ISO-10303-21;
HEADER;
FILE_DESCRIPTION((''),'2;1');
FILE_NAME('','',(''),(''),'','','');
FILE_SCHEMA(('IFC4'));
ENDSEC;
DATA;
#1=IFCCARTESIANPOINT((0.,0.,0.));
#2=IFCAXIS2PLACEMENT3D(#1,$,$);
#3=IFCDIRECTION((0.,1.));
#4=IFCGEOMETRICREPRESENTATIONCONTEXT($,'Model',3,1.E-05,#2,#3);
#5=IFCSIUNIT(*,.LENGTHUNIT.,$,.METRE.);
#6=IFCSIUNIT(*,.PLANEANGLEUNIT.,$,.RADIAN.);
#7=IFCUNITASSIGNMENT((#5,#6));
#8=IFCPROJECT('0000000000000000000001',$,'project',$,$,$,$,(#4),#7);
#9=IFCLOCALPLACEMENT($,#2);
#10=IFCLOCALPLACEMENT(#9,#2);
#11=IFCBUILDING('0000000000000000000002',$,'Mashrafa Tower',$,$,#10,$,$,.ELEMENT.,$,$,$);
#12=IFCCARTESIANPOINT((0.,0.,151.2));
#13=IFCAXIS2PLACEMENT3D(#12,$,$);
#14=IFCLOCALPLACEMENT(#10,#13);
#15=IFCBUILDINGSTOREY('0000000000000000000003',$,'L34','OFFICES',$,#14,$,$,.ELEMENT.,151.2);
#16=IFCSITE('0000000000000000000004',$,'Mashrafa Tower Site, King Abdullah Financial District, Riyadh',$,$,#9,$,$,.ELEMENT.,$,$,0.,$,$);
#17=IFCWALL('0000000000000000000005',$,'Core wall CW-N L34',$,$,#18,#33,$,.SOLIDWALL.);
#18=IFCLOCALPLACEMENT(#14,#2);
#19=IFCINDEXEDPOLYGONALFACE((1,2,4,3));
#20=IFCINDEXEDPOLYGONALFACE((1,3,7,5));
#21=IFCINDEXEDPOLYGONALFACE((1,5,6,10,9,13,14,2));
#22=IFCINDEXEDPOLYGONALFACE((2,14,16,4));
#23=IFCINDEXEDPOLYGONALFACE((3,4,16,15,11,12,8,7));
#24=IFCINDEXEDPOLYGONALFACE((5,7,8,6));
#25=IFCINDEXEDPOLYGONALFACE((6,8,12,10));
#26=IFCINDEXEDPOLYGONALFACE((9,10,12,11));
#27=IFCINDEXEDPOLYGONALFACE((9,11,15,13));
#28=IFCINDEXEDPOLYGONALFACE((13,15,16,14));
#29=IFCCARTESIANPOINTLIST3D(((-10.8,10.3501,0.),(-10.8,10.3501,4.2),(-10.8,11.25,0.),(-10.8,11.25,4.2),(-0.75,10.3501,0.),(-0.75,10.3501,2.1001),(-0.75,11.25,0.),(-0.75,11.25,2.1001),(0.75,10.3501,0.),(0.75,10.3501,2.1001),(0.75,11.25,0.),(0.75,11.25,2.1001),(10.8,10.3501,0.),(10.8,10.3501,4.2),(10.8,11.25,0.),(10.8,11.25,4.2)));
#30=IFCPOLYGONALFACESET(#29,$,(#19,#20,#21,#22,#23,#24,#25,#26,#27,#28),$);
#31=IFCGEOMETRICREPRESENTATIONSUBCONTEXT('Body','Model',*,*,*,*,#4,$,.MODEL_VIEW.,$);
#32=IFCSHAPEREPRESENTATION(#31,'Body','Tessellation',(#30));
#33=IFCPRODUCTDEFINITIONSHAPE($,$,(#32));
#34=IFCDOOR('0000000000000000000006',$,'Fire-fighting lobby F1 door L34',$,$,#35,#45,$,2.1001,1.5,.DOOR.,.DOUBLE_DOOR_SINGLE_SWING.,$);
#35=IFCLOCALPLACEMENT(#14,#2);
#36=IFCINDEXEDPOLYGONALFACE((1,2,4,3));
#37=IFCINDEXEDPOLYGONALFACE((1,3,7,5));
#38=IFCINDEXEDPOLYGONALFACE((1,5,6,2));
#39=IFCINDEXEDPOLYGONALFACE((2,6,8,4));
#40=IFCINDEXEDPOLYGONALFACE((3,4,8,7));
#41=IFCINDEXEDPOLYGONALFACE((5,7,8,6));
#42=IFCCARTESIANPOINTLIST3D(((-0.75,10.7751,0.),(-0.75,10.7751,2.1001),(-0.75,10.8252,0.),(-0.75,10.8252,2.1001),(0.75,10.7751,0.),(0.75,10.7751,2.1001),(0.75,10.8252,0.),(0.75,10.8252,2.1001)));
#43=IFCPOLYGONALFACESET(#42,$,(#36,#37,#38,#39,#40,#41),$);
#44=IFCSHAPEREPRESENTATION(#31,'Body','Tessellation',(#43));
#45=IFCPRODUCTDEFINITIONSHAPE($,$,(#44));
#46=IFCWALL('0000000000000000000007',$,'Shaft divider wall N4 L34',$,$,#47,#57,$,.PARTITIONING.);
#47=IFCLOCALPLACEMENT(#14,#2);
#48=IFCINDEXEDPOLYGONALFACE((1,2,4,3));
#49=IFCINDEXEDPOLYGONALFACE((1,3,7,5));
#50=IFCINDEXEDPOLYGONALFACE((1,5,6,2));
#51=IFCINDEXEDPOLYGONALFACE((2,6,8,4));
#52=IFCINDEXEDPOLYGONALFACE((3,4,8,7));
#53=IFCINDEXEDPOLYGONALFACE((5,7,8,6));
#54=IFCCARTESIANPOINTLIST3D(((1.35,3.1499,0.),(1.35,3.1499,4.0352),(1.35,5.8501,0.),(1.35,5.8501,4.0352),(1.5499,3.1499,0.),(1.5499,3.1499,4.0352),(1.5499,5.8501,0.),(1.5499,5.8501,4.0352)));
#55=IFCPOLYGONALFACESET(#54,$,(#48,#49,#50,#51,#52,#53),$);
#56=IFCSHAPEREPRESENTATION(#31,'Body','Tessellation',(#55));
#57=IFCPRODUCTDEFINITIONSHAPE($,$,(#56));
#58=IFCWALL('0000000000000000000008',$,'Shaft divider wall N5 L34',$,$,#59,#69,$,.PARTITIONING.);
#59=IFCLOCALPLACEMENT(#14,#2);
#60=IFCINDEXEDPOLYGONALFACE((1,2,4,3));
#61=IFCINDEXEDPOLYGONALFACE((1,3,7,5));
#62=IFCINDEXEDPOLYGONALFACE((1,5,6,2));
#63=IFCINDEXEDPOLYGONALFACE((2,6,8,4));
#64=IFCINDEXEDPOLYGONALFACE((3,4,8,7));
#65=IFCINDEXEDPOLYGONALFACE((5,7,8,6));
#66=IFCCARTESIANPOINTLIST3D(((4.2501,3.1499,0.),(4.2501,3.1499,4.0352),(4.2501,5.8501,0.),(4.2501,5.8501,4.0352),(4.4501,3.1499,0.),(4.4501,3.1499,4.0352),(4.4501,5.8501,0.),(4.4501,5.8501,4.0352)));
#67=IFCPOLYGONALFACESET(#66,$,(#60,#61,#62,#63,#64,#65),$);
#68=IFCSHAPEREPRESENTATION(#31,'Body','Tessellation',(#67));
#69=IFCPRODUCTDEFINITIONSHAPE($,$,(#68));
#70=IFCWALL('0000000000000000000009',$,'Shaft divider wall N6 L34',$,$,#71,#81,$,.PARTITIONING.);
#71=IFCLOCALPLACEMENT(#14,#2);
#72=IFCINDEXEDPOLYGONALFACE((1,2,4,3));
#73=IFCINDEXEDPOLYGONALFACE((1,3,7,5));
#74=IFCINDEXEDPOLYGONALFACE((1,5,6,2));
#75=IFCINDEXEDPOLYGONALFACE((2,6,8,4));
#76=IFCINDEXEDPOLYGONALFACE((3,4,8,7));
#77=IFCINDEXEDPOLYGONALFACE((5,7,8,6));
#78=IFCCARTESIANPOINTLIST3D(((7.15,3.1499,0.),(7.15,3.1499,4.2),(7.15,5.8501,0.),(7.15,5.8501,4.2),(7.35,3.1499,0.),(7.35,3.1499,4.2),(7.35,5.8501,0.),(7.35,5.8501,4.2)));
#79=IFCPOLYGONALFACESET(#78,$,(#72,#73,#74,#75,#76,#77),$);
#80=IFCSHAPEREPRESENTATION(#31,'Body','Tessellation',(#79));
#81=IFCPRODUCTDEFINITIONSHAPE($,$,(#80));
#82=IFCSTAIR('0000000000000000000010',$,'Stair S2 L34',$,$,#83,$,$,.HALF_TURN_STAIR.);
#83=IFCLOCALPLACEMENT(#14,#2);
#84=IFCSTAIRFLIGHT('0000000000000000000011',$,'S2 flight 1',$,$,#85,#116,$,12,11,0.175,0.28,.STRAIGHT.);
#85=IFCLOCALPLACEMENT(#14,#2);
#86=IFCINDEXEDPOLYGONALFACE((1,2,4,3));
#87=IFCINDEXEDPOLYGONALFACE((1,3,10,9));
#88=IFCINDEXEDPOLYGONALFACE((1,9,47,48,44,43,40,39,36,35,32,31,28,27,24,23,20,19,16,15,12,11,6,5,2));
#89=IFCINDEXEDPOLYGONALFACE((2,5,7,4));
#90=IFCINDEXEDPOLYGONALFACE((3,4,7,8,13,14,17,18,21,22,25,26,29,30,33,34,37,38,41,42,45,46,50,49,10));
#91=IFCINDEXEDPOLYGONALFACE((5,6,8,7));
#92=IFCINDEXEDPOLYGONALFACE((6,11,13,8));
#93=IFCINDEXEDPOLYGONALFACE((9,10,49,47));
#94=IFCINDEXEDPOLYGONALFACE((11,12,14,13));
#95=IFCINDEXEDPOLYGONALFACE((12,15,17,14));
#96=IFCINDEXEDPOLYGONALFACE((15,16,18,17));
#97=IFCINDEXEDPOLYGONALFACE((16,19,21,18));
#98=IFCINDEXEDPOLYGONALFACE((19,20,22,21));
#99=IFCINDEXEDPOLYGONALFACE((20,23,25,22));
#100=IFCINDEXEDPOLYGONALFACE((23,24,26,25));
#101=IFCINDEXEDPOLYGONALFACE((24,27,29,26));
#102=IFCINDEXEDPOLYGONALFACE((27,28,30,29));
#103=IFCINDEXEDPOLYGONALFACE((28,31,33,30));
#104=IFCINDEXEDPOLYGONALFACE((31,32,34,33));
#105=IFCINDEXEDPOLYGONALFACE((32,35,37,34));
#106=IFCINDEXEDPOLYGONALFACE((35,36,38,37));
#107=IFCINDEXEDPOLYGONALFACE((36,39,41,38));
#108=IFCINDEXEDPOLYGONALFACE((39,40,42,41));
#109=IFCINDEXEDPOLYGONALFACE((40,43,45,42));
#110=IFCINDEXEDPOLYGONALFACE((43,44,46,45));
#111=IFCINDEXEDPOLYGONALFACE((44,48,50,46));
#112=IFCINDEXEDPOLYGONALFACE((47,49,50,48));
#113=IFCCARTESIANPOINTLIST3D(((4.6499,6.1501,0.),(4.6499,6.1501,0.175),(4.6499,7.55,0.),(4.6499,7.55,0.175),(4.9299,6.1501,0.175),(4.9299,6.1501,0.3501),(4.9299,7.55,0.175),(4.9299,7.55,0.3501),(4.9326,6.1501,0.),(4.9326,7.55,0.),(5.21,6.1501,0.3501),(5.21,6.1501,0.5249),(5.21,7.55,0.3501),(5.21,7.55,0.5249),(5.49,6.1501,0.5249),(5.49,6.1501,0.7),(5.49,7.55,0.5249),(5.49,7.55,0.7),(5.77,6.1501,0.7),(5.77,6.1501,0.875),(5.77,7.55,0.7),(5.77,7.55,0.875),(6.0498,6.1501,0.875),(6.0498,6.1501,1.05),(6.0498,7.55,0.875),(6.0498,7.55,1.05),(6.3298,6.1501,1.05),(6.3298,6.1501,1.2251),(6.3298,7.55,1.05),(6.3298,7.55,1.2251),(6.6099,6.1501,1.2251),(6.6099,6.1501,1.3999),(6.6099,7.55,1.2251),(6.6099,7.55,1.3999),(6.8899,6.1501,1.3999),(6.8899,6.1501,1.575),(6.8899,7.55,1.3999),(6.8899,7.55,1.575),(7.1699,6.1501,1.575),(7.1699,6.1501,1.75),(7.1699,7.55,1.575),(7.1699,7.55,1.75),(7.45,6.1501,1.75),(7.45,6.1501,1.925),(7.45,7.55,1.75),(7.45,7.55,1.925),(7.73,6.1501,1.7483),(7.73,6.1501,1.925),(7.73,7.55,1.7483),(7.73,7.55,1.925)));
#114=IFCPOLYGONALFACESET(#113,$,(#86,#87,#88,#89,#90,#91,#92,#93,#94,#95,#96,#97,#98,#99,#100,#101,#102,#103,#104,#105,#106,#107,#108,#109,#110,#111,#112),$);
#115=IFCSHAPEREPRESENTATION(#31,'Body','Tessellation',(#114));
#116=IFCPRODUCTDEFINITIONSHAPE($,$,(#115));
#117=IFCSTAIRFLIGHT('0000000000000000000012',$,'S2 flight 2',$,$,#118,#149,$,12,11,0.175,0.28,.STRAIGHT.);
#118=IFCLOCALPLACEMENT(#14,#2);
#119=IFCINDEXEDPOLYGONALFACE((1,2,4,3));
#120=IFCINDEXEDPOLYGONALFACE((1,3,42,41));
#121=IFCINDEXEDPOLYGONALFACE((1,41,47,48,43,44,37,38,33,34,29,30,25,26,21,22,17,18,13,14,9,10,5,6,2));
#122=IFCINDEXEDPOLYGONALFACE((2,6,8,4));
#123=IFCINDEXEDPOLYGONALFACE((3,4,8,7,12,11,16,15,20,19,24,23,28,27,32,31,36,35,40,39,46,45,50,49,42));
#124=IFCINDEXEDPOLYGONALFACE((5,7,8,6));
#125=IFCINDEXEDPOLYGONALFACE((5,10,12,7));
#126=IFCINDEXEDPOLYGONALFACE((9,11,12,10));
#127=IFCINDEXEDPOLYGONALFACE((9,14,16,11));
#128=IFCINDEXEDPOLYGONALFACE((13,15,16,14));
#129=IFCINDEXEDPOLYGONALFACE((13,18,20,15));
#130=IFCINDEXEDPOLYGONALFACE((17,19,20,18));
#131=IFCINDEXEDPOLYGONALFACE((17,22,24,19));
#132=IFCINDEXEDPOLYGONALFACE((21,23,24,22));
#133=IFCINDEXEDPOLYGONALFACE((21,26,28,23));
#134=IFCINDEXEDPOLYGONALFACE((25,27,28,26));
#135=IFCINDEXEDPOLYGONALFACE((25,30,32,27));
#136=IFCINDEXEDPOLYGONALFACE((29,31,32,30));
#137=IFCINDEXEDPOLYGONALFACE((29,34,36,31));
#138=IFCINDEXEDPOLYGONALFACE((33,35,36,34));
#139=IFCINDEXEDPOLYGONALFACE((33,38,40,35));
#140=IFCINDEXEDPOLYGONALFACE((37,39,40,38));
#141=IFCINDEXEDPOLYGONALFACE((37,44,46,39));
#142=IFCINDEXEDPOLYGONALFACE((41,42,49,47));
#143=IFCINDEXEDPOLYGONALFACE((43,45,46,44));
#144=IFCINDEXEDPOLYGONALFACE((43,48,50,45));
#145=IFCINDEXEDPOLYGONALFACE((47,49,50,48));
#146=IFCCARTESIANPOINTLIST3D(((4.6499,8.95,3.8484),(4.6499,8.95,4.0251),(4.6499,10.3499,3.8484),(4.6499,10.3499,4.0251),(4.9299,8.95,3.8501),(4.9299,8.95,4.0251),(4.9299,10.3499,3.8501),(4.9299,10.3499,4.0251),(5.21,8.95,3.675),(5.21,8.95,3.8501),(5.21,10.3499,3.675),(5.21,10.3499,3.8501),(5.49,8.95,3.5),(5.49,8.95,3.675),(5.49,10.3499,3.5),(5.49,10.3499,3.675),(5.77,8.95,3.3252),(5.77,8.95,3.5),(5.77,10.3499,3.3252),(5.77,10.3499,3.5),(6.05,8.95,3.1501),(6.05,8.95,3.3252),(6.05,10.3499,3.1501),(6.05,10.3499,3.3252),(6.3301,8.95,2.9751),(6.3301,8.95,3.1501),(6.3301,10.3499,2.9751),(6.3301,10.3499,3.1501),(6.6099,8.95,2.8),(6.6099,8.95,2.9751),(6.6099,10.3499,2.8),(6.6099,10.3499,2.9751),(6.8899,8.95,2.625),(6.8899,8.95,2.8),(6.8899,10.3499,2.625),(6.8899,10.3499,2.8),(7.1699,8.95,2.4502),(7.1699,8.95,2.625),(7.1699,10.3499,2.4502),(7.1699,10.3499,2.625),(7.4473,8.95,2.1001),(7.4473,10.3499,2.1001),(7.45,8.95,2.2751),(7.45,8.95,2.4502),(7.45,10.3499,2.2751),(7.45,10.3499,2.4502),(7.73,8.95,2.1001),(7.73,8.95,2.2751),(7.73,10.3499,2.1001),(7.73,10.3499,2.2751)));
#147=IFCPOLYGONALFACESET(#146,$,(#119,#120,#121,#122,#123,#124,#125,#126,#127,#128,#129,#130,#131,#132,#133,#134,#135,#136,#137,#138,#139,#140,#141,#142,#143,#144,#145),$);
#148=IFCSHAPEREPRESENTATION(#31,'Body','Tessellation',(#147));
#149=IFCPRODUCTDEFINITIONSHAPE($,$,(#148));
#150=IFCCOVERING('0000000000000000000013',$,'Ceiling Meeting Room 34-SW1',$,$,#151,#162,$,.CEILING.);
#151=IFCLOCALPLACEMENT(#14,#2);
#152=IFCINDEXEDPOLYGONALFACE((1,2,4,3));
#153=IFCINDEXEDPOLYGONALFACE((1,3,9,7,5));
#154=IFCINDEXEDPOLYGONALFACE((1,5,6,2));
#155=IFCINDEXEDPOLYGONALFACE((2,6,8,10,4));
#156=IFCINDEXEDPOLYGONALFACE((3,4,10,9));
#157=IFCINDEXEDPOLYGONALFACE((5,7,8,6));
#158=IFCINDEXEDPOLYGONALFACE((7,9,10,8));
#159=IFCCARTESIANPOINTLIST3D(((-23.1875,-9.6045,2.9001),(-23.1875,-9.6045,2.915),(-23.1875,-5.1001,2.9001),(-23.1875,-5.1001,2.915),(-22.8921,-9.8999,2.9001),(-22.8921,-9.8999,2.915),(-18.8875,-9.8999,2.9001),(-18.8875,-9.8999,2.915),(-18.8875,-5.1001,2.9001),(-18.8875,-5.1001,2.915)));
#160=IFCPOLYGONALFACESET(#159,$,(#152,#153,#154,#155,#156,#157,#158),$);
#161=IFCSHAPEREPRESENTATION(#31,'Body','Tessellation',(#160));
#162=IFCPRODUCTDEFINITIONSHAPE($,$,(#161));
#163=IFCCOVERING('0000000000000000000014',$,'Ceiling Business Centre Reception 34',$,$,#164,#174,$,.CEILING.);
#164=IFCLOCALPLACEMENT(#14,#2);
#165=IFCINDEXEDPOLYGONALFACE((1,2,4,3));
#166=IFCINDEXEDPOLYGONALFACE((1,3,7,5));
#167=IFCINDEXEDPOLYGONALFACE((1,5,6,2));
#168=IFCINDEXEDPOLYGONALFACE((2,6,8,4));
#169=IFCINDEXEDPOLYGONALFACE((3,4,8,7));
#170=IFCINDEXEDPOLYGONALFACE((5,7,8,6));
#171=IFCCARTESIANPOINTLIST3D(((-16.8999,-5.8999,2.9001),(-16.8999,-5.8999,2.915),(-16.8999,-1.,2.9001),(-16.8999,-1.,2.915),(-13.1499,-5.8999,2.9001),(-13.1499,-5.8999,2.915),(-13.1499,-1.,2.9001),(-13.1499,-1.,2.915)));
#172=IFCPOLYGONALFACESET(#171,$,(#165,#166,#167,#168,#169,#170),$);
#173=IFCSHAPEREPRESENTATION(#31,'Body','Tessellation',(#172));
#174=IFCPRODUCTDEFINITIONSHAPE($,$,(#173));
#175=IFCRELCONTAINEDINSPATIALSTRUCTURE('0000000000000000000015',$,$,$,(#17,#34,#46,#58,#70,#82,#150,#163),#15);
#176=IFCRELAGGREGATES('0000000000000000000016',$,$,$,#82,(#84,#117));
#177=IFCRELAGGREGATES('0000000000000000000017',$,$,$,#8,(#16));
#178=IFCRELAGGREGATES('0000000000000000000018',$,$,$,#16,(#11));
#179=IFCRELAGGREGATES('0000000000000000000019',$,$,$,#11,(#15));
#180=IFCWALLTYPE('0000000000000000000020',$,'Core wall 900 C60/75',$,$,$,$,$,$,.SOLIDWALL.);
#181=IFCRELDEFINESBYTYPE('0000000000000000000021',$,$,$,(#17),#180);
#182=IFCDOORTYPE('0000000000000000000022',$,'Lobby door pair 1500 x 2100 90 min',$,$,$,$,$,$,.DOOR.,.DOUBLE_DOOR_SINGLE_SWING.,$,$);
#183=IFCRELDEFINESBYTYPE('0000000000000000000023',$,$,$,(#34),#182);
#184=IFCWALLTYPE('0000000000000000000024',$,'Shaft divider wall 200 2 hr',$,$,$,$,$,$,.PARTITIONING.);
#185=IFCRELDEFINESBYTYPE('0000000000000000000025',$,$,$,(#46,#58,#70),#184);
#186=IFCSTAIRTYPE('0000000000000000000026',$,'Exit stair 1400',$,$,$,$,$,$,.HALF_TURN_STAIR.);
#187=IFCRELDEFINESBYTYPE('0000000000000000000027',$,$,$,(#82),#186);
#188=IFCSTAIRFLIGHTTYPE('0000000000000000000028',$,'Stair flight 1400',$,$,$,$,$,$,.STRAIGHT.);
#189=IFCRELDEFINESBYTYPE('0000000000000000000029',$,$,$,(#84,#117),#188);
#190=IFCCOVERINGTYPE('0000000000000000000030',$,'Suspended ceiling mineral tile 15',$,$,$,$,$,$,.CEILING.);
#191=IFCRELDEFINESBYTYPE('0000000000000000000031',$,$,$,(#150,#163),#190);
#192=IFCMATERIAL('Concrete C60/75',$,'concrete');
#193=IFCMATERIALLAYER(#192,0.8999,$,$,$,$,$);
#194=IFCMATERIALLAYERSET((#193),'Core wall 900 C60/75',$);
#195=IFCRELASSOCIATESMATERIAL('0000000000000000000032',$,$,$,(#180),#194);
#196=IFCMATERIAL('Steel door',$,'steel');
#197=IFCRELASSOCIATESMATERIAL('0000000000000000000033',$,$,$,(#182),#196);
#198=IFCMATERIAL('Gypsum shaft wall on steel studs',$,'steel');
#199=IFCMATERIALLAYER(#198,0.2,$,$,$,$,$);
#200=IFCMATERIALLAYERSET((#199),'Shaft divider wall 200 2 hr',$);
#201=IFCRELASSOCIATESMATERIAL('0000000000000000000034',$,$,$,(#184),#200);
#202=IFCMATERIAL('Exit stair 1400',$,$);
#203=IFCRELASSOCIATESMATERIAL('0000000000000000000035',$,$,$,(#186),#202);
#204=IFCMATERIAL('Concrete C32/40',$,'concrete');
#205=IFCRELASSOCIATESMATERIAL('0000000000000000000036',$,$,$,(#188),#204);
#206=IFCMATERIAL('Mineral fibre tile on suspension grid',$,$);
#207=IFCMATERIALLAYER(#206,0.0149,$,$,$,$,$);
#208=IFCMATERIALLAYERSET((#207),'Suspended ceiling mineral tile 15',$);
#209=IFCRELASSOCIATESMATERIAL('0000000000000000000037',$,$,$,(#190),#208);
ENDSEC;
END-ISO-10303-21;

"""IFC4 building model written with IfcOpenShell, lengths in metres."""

from ifc_helpers import new_model, si_unit, direction, frame, frame_2d, origin, place, context, subcontext, project, spatial, polyline, rectangle, outline, extrude, material, layer, layer_set, type_object, element, fill, aggregate, save


model = new_model("IFC4")

# Units and contexts
model_context = context("Model", 3, precision=1e-05, world=origin(), true_north=direction((0.0, 1.0)))
body_context = subcontext(model_context, "Body", "Model", "MODEL_VIEW")
ifc_project = project(units=[si_unit("LENGTHUNIT", "METRE"), si_unit("PLANEANGLEUNIT", "RADIAN")], contexts=[model_context])

# Site, building, storey
site_placement = place(None, origin())
site = spatial("IfcSite", under=ifc_project, at=site_placement, Name="Mashrafa Tower Site, King Abdullah Financial District, Riyadh", CompositionType="ELEMENT", RefElevation=0.0)
building_placement = place(site_placement, origin())
building = spatial("IfcBuilding", under=site, at=building_placement, Name="Mashrafa Tower", CompositionType="ELEMENT")
storey_placement = place(building_placement, frame((0.0, 0.0, 151.2)))
storey = spatial("IfcBuildingStorey", under=building, at=storey_placement, Name="L34", Description="OFFICES", CompositionType="ELEMENT", Elevation=151.2)

# Wall, opening, door
ifc_material_1 = material(Name="Concrete C60/75", Category="concrete")
ifc_layer_1 = layer(ifc_material_1, 0.8999)
ifc_layer_set_1 = layer_set([ifc_layer_1], Name="Core wall 900 C60/75")
wall_type_1 = type_object("IfcWallType", Name="Core wall 900 C60/75", PredefinedType="SOLIDWALL", material=ifc_layer_set_1)
wall_1_placement = place(storey_placement, frame((10.8, 10.8, 0.0), z_axis=(0.0, 0.0, 1.0), x_axis=(-1.0, 0.0, 0.0)))
wall_1 = element("IfcWall", 1, at=wall_1_placement, inside=storey, type_object=wall_type_1, Name="Core wall CW-N L34", PredefinedType="SOLIDWALL", context=body_context, shape_type="SweptSolid", body=[
    extrude(rectangle(XDim=21.6001, YDim=0.8999, at=frame_2d((10.8, 0.0))), origin(), (0.0, 0.0, 1.0), 4.2),
])
opening_1_placement = place(wall_1_placement, frame((10.05, 0.0, 0.0)))
opening_1 = element("IfcOpeningElement", 2, at=opening_1_placement, cuts=wall_1, PredefinedType="OPENING", context=body_context, shape_type="SweptSolid", body=[
    extrude(rectangle(XDim=1.5, YDim=2.1001, at=frame_2d((0.75, 1.05))), frame((0.0, 0.46, 0.0), z_axis=(0.0, -1.0, 0.0), x_axis=(1.0, 0.0, 0.0)), (0.0, 0.0, 1.0), 0.9199),
])
ifc_material_2 = material(Name="Steel door", Category="steel")
door_type_1 = type_object("IfcDoorType", Name="Lobby door pair 1500 x 2100 90 min", OperationType="DOUBLE_DOOR_SINGLE_SWING", PredefinedType="DOOR", material=ifc_material_2)
door_1_placement = place(opening_1_placement, origin())
door_1 = element("IfcDoor", 3, at=door_1_placement, inside=storey, type_object=door_type_1, Name="Fire-fighting lobby F1 door L34", OperationType="DOUBLE_DOOR_SINGLE_SWING", OverallHeight=2.1001, OverallWidth=1.5, PredefinedType="DOOR", context=body_context, shape_type="SweptSolid", body=[
    extrude(rectangle(XDim=1.5, YDim=2.1001, at=frame_2d((0.75, 1.05))), frame((0.0, 0.0249, 0.0), z_axis=(0.0, -1.0, 0.0), x_axis=(1.0, 0.0, 0.0)), (0.0, 0.0, 1.0), 0.05),
])
fill(opening_1, door_1)

# Walls
ifc_material_3 = material(Name="Gypsum shaft wall on steel studs", Category="steel")
ifc_layer_2 = layer(ifc_material_3, 0.2)
ifc_layer_set_2 = layer_set([ifc_layer_2], Name="Shaft divider wall 200 2 hr")
wall_type_2 = type_object("IfcWallType", Name="Shaft divider wall 200 2 hr", PredefinedType="PARTITIONING", material=ifc_layer_set_2)
for number, where, z_axis, x_axis, name in (
    (4, (1.45, 3.1499, 0.0), (0.0, 0.0, 1.0), (0.0, 1.0, 0.0), "Shaft divider wall N4 L34"),
    (5, (4.3501, 3.1499, 0.0), (0.0, 0.0, 1.0), (0.0, 1.0, 0.0), "Shaft divider wall N5 L34"),
):
    element("IfcWall", number, at=place(storey_placement, frame(where, z_axis=z_axis, x_axis=x_axis)), inside=storey, type_object=wall_type_2, Name=name, PredefinedType="PARTITIONING", context=body_context, shape_type="SweptSolid", body=[
        extrude(rectangle(XDim=2.7002, YDim=0.2, at=frame_2d((1.3501, 0.0))), origin(), (0.0, 0.0, 1.0), 4.0352),
    ])
wall_2_placement = place(storey_placement, frame((7.25, 3.1499, 0.0), z_axis=(0.0, 0.0, 1.0), x_axis=(0.0, 1.0, 0.0)))
element("IfcWall", 6, at=wall_2_placement, inside=storey, type_object=wall_type_2, Name="Shaft divider wall N6 L34", PredefinedType="PARTITIONING", context=body_context, shape_type="SweptSolid", body=[
    extrude(rectangle(XDim=2.7002, YDim=0.2, at=frame_2d((1.3501, 0.0))), origin(), (0.0, 0.0, 1.0), 4.2),
])

# Stair, stair flights
ifc_material_4 = material(Name="Exit stair 1400")
stair_type = type_object("IfcStairType", Name="Exit stair 1400", PredefinedType="HALF_TURN_STAIR", material=ifc_material_4)
stair_placement = place(storey_placement, origin())
stair = element("IfcStair", 7, at=stair_placement, inside=storey, type_object=stair_type, Name="Stair S2 L34", PredefinedType="HALF_TURN_STAIR")
ifc_material_5 = material(Name="Concrete C32/40", Category="concrete")
stair_flight_type = type_object("IfcStairFlightType", Name="Stair flight 1400", PredefinedType="STRAIGHT", material=ifc_material_5)
stair_flight_1_placement = place(storey_placement, frame((4.6499, 6.8501, 0.0), z_axis=(0.0, 0.0, 1.0), x_axis=(1.0, 0.0, 0.0)))
stair_flight_1 = element("IfcStairFlight", 8, at=stair_flight_1_placement, type_object=stair_flight_type, Name="S2 flight 1", NumberOfRisers=12, NumberOfTreads=11, PredefinedType="STRAIGHT", RiserHeight=0.175, TreadLength=0.28, context=body_context, shape_type="SweptSolid", body=[
    extrude(outline(polyline([(0.0, 0.0), (0.0, 0.175), (0.28, 0.175), (0.28, 0.3501), (0.5601, 0.3501), (0.5601, 0.5249), (0.8401, 0.5249), (0.8401, 0.7), (1.1201, 0.7), (1.1201, 0.875), (1.3999, 0.875), (1.3999, 1.05), (1.6799, 1.05), (1.6799, 1.2251), (1.96, 1.2251), (1.96, 1.3999), (2.24, 1.3999), (2.24, 1.575), (2.52, 1.575), (2.52, 1.75), (2.8, 1.75), (2.8, 1.925), (3.0801, 1.925), (3.0801, 2.1001), (3.0801, 1.7483), (0.2827, 0.0), (0.0, 0.0)])), frame((0.0, 0.7, 0.0), z_axis=(0.0, -1.0, 0.0), x_axis=(1.0, 0.0, 0.0)), (0.0, 0.0, 1.0), 1.3999),
])
stair_flight_2_placement = place(storey_placement, frame((7.73, 9.6499, 2.1001), z_axis=(0.0, 0.0, 1.0), x_axis=(-1.0, 0.0, 0.0)))
stair_flight_2 = element("IfcStairFlight", 9, at=stair_flight_2_placement, type_object=stair_flight_type, Name="S2 flight 2", NumberOfRisers=12, NumberOfTreads=11, PredefinedType="STRAIGHT", RiserHeight=0.175, TreadLength=0.28, context=body_context, shape_type="SweptSolid", body=[
    extrude(outline(polyline([(0.0, 0.0), (0.0, 0.175), (0.28, 0.175), (0.28, 0.3501), (0.5601, 0.3501), (0.5601, 0.5249), (0.8401, 0.5249), (0.8401, 0.7), (1.1201, 0.7), (1.1201, 0.875), (1.3999, 0.875), (1.3999, 1.05), (1.6799, 1.05), (1.6799, 1.2251), (1.96, 1.2251), (1.96, 1.3999), (2.24, 1.3999), (2.24, 1.575), (2.52, 1.575), (2.52, 1.75), (2.8, 1.75), (2.8, 1.925), (3.0801, 1.925), (3.0801, 2.1001), (3.0801, 1.7483), (0.2827, 0.0), (0.0, 0.0)])), frame((0.0, 0.7, 0.0), z_axis=(0.0, -1.0, 0.0), x_axis=(1.0, 0.0, 0.0)), (0.0, 0.0, 1.0), 1.3999),
])
aggregate(stair, [stair_flight_1, stair_flight_2])

# Coverings
ifc_material_6 = material(Name="Mineral fibre tile on suspension grid")
ifc_layer_3 = layer(ifc_material_6, 0.0149)
ifc_layer_set_3 = layer_set([ifc_layer_3], Name="Suspended ceiling mineral tile 15")
covering_type = type_object("IfcCoveringType", Name="Suspended ceiling mineral tile 15", PredefinedType="CEILING", material=ifc_layer_set_3)
covering_1_placement = place(storey_placement, frame((0.0, 0.0, 2.9001)))
element("IfcCovering", 10, at=covering_1_placement, inside=storey, type_object=covering_type, Name="Ceiling Meeting Room 34-SW1", PredefinedType="CEILING", context=body_context, shape_type="SweptSolid", body=[
    extrude(outline(polyline([(-18.8875, -5.1001), (-18.8875, -9.8999), (-22.8921, -9.8999), (-23.1875, -9.6045), (-23.1875, -5.1001), (-18.8875, -5.1001)])), origin(), (0.0, 0.0, 1.0), 0.0149),
])
covering_2_placement = place(storey_placement, frame((0.0, 0.0, 2.9001)))
element("IfcCovering", 11, at=covering_2_placement, inside=storey, type_object=covering_type, Name="Ceiling Business Centre Reception 34", PredefinedType="CEILING", context=body_context, shape_type="SweptSolid", body=[
    extrude(outline(polyline([(-16.8999, -1.0), (-13.1499, -1.0), (-13.1499, -5.8999), (-16.8999, -5.8999), (-16.8999, -1.0)])), origin(), (0.0, 0.0, 1.0), 0.0149),
])

save(model, "model.ifc")
